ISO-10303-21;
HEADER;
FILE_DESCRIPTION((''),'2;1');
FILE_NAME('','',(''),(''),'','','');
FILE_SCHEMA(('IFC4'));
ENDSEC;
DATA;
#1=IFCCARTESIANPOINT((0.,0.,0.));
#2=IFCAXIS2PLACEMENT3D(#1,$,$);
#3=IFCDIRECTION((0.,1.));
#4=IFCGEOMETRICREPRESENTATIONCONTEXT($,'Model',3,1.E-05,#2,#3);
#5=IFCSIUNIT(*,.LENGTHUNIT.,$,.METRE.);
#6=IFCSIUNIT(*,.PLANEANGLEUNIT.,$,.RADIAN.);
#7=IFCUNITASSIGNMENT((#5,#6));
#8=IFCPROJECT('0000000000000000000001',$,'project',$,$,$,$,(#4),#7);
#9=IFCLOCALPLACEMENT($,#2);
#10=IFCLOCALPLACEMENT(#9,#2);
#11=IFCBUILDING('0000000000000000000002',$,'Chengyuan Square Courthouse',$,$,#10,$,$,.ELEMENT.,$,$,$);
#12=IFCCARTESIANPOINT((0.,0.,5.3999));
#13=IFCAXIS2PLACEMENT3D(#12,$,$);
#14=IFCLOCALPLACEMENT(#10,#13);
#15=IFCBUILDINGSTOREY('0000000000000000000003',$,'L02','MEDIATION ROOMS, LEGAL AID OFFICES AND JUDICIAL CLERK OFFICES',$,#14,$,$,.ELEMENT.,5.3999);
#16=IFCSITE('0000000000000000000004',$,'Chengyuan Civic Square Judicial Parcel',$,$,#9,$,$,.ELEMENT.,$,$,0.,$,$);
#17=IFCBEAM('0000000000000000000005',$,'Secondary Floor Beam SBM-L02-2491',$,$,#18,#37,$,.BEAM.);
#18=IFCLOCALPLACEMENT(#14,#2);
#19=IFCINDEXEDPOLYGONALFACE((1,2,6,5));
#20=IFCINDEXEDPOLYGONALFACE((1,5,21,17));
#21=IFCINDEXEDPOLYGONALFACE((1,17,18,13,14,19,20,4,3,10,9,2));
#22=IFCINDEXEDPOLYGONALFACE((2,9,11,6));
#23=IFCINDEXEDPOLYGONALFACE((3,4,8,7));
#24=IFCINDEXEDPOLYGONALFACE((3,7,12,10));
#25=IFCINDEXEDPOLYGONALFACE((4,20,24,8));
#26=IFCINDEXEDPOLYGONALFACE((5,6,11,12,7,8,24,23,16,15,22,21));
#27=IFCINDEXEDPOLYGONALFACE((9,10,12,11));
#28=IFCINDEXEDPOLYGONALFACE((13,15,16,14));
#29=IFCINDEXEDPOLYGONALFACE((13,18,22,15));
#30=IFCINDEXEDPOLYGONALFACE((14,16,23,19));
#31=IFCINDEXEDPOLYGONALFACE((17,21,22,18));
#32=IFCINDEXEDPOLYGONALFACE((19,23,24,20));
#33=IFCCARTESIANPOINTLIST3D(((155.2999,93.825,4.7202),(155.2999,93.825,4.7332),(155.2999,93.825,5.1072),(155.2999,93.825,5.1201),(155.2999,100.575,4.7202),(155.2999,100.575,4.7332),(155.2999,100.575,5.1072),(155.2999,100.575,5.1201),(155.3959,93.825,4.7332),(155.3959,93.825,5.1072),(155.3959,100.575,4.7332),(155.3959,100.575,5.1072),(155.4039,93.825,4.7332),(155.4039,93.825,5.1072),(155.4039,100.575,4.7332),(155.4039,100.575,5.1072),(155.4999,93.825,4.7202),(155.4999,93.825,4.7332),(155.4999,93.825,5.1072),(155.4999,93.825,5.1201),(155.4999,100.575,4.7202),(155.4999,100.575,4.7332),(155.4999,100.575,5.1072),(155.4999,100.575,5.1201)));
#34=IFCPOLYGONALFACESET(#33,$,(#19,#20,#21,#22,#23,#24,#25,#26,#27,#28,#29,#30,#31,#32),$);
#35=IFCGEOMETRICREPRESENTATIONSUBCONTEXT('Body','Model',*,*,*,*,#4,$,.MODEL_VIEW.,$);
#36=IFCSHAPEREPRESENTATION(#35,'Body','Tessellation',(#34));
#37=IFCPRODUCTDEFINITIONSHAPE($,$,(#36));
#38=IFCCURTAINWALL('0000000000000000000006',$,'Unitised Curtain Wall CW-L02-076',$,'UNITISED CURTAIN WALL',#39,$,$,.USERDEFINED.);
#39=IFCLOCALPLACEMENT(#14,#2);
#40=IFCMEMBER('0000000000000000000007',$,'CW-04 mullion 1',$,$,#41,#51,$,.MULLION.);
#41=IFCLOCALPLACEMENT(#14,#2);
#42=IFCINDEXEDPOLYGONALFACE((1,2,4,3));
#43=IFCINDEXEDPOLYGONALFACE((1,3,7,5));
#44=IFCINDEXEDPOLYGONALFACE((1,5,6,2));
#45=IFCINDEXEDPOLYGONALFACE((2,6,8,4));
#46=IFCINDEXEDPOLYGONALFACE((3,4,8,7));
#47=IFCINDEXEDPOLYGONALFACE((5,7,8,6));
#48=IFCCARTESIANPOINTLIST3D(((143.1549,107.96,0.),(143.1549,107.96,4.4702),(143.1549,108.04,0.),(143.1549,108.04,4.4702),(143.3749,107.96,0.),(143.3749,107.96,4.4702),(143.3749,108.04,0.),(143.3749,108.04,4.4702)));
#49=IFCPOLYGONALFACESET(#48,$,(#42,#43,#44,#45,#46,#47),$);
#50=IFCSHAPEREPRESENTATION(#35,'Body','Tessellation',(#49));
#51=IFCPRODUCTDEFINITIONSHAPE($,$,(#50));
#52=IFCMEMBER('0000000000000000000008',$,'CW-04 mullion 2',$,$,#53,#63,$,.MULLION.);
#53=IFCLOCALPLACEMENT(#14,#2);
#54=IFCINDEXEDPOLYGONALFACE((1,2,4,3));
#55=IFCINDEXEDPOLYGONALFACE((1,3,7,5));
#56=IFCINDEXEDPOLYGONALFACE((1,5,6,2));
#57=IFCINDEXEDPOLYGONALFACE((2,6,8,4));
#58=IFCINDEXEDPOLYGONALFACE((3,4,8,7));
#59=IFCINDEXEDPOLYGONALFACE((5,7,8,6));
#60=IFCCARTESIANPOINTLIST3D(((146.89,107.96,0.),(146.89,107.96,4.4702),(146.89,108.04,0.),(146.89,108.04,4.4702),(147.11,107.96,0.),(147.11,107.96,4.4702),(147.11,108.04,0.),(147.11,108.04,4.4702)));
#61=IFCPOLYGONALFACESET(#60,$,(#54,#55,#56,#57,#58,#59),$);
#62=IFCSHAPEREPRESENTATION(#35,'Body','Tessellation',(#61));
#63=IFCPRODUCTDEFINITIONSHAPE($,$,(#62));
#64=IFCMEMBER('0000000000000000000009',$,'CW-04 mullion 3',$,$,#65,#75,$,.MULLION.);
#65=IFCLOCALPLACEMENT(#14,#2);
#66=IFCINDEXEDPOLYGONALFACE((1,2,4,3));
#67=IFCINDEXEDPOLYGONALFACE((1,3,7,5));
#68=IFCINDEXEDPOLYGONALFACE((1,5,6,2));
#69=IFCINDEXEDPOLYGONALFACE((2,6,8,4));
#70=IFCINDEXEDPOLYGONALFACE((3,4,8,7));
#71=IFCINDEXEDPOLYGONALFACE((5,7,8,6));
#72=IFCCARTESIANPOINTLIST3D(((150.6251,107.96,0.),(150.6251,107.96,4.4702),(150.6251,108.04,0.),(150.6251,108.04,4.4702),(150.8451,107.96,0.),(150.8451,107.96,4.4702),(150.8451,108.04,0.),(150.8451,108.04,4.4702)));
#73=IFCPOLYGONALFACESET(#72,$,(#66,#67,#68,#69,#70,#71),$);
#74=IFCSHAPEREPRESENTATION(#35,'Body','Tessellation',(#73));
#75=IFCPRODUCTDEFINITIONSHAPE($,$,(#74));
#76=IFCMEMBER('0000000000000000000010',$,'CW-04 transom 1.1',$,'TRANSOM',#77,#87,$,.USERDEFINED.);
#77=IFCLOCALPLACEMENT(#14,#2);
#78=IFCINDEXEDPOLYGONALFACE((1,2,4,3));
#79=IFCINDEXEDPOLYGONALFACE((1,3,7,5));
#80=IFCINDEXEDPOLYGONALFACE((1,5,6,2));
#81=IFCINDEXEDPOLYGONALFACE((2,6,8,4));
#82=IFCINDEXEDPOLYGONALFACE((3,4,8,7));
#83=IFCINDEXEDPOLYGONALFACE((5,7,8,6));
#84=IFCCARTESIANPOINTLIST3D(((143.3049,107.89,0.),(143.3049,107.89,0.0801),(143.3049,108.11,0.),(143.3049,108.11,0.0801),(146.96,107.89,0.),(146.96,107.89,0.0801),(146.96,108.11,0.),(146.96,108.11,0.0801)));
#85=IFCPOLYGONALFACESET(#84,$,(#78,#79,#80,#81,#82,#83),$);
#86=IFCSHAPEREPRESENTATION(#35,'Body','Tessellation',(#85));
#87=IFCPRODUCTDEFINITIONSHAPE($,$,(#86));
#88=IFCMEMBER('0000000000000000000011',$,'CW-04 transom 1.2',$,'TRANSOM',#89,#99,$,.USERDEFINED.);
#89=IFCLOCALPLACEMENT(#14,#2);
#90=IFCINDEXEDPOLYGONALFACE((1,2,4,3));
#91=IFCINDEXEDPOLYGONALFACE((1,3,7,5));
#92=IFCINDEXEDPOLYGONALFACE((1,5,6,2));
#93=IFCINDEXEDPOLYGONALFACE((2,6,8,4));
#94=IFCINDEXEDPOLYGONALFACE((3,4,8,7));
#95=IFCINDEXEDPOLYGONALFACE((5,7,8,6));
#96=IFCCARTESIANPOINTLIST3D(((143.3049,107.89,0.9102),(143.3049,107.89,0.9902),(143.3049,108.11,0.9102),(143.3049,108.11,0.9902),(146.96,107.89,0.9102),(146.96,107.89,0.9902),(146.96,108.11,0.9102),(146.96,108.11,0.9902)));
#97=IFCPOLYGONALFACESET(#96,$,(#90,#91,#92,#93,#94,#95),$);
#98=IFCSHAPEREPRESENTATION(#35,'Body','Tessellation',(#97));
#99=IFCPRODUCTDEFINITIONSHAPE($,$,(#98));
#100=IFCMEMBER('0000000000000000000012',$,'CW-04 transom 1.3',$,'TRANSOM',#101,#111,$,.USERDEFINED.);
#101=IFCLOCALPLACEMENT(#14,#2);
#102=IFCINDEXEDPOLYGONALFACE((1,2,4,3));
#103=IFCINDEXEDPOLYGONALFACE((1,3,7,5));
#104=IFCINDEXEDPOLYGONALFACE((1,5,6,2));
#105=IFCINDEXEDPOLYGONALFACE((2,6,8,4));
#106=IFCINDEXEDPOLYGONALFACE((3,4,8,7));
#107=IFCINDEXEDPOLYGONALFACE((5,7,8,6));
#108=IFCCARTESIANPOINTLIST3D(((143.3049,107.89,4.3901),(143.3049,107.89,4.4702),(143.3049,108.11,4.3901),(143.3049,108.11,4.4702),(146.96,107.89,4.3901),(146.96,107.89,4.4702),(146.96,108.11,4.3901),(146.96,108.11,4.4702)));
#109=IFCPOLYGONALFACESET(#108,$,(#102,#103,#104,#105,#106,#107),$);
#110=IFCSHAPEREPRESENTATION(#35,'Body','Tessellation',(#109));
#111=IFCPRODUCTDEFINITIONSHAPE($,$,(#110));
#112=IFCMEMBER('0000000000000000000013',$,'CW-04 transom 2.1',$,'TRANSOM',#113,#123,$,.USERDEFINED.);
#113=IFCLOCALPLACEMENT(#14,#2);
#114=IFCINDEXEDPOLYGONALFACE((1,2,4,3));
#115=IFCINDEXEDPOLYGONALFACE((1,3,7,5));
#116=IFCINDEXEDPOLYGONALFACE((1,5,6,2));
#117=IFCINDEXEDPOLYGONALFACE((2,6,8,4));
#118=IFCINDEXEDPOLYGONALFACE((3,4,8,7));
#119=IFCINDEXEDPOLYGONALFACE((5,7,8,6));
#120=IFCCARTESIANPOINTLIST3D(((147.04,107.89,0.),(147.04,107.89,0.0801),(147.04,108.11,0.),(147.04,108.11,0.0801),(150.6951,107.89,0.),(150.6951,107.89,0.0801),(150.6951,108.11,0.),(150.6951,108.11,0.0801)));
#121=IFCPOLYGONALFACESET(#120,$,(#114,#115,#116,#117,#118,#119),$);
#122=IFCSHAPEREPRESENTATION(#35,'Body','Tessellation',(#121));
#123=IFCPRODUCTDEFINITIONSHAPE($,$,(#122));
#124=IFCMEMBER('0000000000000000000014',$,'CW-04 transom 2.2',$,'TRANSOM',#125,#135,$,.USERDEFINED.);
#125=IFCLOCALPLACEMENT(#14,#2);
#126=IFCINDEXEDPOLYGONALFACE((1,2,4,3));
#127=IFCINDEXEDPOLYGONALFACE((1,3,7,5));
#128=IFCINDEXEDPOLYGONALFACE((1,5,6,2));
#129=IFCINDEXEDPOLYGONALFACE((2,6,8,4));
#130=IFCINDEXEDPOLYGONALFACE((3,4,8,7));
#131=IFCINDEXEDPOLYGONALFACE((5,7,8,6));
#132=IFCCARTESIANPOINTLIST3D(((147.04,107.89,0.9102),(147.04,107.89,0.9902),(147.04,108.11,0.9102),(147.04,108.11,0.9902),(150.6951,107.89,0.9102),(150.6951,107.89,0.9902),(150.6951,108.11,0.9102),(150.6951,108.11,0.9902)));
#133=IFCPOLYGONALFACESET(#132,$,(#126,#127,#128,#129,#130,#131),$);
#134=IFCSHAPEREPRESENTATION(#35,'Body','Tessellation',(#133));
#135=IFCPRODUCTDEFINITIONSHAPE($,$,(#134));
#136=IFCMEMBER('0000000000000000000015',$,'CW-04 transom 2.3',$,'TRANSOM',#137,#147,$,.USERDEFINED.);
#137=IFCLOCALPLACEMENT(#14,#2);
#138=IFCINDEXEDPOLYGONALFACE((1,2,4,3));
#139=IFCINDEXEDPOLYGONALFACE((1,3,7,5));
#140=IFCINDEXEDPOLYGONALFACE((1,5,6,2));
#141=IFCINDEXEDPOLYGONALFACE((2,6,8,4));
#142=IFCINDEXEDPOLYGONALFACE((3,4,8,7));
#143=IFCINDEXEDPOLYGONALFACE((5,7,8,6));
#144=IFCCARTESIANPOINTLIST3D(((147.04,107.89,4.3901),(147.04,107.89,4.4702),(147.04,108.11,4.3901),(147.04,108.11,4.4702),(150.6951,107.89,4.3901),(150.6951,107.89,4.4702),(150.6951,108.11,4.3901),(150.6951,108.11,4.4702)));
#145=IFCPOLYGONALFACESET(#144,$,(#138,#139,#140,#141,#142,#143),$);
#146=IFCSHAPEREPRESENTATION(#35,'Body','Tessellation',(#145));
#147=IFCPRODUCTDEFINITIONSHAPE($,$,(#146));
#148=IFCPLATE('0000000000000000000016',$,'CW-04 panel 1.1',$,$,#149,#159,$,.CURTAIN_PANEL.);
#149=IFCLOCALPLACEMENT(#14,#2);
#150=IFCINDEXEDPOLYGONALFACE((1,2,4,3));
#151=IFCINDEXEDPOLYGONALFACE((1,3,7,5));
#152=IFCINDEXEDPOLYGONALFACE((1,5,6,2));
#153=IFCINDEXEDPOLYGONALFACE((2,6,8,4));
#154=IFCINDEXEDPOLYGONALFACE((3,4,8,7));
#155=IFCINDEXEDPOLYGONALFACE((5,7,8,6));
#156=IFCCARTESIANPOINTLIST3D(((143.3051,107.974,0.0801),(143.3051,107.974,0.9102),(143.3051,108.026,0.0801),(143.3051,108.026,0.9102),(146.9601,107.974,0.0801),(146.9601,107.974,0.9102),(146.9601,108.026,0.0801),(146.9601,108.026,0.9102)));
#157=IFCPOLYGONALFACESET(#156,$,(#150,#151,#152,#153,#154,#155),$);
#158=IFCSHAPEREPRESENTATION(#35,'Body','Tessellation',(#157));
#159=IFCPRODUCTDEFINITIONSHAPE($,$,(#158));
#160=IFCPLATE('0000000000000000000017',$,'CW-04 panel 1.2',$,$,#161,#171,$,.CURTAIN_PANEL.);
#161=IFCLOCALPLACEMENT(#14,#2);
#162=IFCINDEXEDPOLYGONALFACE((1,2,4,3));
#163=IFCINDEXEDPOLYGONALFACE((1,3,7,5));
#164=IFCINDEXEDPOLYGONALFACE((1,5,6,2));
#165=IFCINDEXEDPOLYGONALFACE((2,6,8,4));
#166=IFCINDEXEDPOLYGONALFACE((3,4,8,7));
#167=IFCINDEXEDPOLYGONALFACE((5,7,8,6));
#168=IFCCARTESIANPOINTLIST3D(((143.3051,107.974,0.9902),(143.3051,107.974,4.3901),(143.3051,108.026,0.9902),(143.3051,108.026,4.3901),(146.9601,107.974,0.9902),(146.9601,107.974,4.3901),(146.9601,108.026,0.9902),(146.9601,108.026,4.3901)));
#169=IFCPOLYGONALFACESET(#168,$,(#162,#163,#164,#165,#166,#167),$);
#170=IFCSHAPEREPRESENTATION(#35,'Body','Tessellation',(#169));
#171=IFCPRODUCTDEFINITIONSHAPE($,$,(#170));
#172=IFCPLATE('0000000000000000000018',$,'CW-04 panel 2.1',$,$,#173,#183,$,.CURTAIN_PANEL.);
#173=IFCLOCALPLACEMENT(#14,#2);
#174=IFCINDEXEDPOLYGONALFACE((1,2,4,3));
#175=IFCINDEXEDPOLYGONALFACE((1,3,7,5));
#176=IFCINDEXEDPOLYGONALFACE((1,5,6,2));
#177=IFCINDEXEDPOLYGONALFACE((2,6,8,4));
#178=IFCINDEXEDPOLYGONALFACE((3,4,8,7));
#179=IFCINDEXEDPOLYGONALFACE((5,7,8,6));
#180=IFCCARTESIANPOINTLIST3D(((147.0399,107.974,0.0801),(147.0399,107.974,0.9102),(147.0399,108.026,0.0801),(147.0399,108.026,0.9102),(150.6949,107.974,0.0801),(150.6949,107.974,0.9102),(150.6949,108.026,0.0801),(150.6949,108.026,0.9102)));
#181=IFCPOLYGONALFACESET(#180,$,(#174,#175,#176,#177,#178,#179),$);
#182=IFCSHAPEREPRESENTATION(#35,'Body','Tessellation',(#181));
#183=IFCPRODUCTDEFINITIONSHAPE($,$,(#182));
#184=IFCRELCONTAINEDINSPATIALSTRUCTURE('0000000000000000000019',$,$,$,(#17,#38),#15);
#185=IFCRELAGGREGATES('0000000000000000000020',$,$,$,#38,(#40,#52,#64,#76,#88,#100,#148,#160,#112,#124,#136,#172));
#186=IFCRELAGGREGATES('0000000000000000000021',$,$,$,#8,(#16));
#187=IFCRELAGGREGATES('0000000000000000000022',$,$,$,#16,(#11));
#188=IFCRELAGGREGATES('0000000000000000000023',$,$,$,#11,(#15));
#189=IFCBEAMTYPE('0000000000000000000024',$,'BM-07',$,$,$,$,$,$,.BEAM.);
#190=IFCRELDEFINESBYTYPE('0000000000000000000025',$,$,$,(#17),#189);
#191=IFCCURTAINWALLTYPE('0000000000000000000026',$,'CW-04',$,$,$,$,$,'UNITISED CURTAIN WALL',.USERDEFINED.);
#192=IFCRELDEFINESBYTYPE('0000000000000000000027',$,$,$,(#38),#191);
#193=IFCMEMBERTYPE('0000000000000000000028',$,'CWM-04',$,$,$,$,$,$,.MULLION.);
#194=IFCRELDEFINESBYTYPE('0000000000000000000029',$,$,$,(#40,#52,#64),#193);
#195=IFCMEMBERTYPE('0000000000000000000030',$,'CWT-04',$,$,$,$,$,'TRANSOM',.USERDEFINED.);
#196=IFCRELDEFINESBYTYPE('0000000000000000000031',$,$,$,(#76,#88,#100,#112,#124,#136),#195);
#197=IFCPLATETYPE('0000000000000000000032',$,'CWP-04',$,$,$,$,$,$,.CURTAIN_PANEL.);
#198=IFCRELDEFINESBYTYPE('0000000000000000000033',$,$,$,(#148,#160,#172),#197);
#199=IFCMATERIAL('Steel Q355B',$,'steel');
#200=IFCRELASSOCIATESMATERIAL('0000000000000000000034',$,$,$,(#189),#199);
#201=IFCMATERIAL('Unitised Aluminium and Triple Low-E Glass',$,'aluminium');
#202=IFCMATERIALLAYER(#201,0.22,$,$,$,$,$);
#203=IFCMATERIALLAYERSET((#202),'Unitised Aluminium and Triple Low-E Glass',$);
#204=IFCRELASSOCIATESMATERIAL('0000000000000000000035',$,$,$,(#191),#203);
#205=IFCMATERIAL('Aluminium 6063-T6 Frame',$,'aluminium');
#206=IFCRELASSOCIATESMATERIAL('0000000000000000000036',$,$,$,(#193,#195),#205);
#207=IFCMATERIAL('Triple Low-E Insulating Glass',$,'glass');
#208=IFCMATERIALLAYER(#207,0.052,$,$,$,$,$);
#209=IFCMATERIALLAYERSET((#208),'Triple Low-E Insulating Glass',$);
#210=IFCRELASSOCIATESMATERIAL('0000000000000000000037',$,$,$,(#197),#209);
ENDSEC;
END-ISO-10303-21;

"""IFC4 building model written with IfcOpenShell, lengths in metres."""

from ifc_helpers import new_model, si_unit, direction, frame, origin, origin_2d, place, context, subcontext, project, spatial, rectangle, i_section, extrude, material, layer, layer_set, material_profile, profile_set, type_object, element, aggregate, save


model = new_model("IFC4")

# Units and contexts
model_context = context("Model", 3, precision=1e-05, world=origin(), true_north=direction((0.0, 1.0)))
body_context = subcontext(model_context, "Body", "Model", "MODEL_VIEW")
ifc_project = project(units=[si_unit("LENGTHUNIT", "METRE"), si_unit("PLANEANGLEUNIT", "RADIAN")], contexts=[model_context])

# Site, building, storey
site_placement = place(None, origin())
site = spatial("IfcSite", under=ifc_project, at=site_placement, Name="Chengyuan Civic Square Judicial Parcel", CompositionType="ELEMENT", RefElevation=0.0)
building_placement = place(site_placement, origin())
building = spatial("IfcBuilding", under=site, at=building_placement, Name="Chengyuan Square Courthouse", CompositionType="ELEMENT")
storey_placement = place(building_placement, frame((0.0, 0.0, 5.3999)))
storey = spatial("IfcBuildingStorey", under=building, at=storey_placement, Name="L02", Description="MEDIATION ROOMS, LEGAL AID OFFICES AND JUDICIAL CLERK OFFICES", CompositionType="ELEMENT", Elevation=5.3999)

# Beam
ifc_material_1 = material(Name="Steel Q355B", Category="steel")
ifc_material_profile_1 = material_profile(ifc_material_1, i_section(OverallWidth=0.2, OverallDepth=0.3999, WebThickness=0.0081, FlangeThickness=0.0129, at=origin_2d()), Name="HN 400x200x8x13")
ifc_profile_set_1 = profile_set([ifc_material_profile_1], Name="Steel Q355B")
beam_type_1 = type_object("IfcBeamType", Name="BM-07", PredefinedType="BEAM", material=ifc_profile_set_1)
beam_1_placement = place(storey_placement, frame((155.3999, 93.825, 4.9202), z_axis=(0.0, 1.0, 0.0), x_axis=(-1.0, 0.0, 0.0)))
element("IfcBeam", 1, at=beam_1_placement, inside=storey, type_object=beam_type_1, Name="Secondary Floor Beam SBM-L02-2491", PredefinedType="BEAM", context=body_context, shape_type="SweptSolid", body=[
    extrude(i_section(OverallWidth=0.2, OverallDepth=0.3999, WebThickness=0.0081, FlangeThickness=0.0129, at=origin_2d()), origin(), (0.0, 0.0, 1.0), 6.75),
])

# Curtain wall, members, plates
ifc_material_2 = material(Name="Unitised Aluminium and Triple Low-E Glass", Category="aluminium")
ifc_layer_1 = layer(ifc_material_2, 0.22)
ifc_layer_set_1 = layer_set([ifc_layer_1], Name="Unitised Aluminium and Triple Low-E Glass")
curtain_wall_type = type_object("IfcCurtainWallType", Name="CW-04", ElementType="UNITISED CURTAIN WALL", PredefinedType="USERDEFINED", material=ifc_layer_set_1)
curtain_wall_placement = place(storey_placement, origin())
curtain_wall = element("IfcCurtainWall", 2, at=curtain_wall_placement, inside=storey, type_object=curtain_wall_type, Name="Unitised Curtain Wall CW-L02-076", ObjectType="UNITISED CURTAIN WALL", PredefinedType="USERDEFINED")
ifc_material_3 = material(Name="Aluminium 6063-T6 Frame", Category="aluminium")
ifc_material_profile_2 = material_profile(ifc_material_3, rectangle(XDim=0.0801, YDim=0.22, at=origin_2d()), Name="CW-MUL-80x220")
ifc_profile_set_2 = profile_set([ifc_material_profile_2], Name="Aluminium 6063-T6 Frame")
member_type_1 = type_object("IfcMemberType", Name="CWM-04", PredefinedType="MULLION", material=ifc_profile_set_2)
member_1_placement = place(storey_placement, frame((143.2649, 108.0, 0.0), z_axis=(0.0, 0.0, 1.0), x_axis=(0.0, 1.0, 0.0)))
member_1 = element("IfcMember", 3, at=member_1_placement, type_object=member_type_1, Name="CW-04 mullion 1", PredefinedType="MULLION", context=body_context, shape_type="SweptSolid", body=[
    extrude(rectangle(XDim=0.0801, YDim=0.22, at=origin_2d()), origin(), (0.0, 0.0, 1.0), 4.4702),
])
member_2_placement = place(storey_placement, frame((147.0, 108.0, 0.0), z_axis=(0.0, 0.0, 1.0), x_axis=(0.0, 1.0, 0.0)))
member_2 = element("IfcMember", 4, at=member_2_placement, type_object=member_type_1, Name="CW-04 mullion 2", PredefinedType="MULLION", context=body_context, shape_type="SweptSolid", body=[
    extrude(rectangle(XDim=0.0801, YDim=0.22, at=origin_2d()), origin(), (0.0, 0.0, 1.0), 4.4702),
])
member_3_placement = place(storey_placement, frame((150.7351, 108.0, 0.0), z_axis=(0.0, 0.0, 1.0), x_axis=(0.0, 1.0, 0.0)))
member_3 = element("IfcMember", 5, at=member_3_placement, type_object=member_type_1, Name="CW-04 mullion 3", PredefinedType="MULLION", context=body_context, shape_type="SweptSolid", body=[
    extrude(rectangle(XDim=0.0801, YDim=0.22, at=origin_2d()), origin(), (0.0, 0.0, 1.0), 4.4702),
])
ifc_material_profile_3 = material_profile(ifc_material_3, rectangle(XDim=0.22, YDim=0.0801, at=origin_2d()), Name="CW-TRN-80x180")
ifc_profile_set_3 = profile_set([ifc_material_profile_3], Name="Aluminium 6063-T6 Frame")
member_type_2 = type_object("IfcMemberType", Name="CWT-04", ElementType="TRANSOM", PredefinedType="USERDEFINED", material=ifc_profile_set_3)
member_4_placement = place(storey_placement, frame((143.3049, 108.0, 0.04), z_axis=(1.0, 0.0, 0.0), x_axis=(0.0, 1.0, 0.0)))
member_4 = element("IfcMember", 6, at=member_4_placement, type_object=member_type_2, Name="CW-04 transom 1.1", ObjectType="TRANSOM", PredefinedType="USERDEFINED", context=body_context, shape_type="SweptSolid", body=[
    extrude(rectangle(XDim=0.22, YDim=0.0801, at=origin_2d()), origin(), (0.0, 0.0, 1.0), 3.655),
])
member_5_placement = place(storey_placement, frame((143.3049, 108.0, 0.9502), z_axis=(1.0, 0.0, 0.0), x_axis=(0.0, 1.0, 0.0)))
member_5 = element("IfcMember", 7, at=member_5_placement, type_object=member_type_2, Name="CW-04 transom 1.2", ObjectType="TRANSOM", PredefinedType="USERDEFINED", context=body_context, shape_type="SweptSolid", body=[
    extrude(rectangle(XDim=0.22, YDim=0.0801, at=origin_2d()), origin(), (0.0, 0.0, 1.0), 3.655),
])
member_6_placement = place(storey_placement, frame((143.3049, 108.0, 4.4302), z_axis=(1.0, 0.0, 0.0), x_axis=(0.0, 1.0, 0.0)))
member_6 = element("IfcMember", 8, at=member_6_placement, type_object=member_type_2, Name="CW-04 transom 1.3", ObjectType="TRANSOM", PredefinedType="USERDEFINED", context=body_context, shape_type="SweptSolid", body=[
    extrude(rectangle(XDim=0.22, YDim=0.0801, at=origin_2d()), origin(), (0.0, 0.0, 1.0), 3.655),
])
member_7_placement = place(storey_placement, frame((147.04, 108.0, 0.04), z_axis=(1.0, 0.0, 0.0), x_axis=(0.0, 1.0, 0.0)))
member_7 = element("IfcMember", 9, at=member_7_placement, type_object=member_type_2, Name="CW-04 transom 2.1", ObjectType="TRANSOM", PredefinedType="USERDEFINED", context=body_context, shape_type="SweptSolid", body=[
    extrude(rectangle(XDim=0.22, YDim=0.0801, at=origin_2d()), origin(), (0.0, 0.0, 1.0), 3.655),
])
member_8_placement = place(storey_placement, frame((147.04, 108.0, 0.9502), z_axis=(1.0, 0.0, 0.0), x_axis=(0.0, 1.0, 0.0)))
member_8 = element("IfcMember", 10, at=member_8_placement, type_object=member_type_2, Name="CW-04 transom 2.2", ObjectType="TRANSOM", PredefinedType="USERDEFINED", context=body_context, shape_type="SweptSolid", body=[
    extrude(rectangle(XDim=0.22, YDim=0.0801, at=origin_2d()), origin(), (0.0, 0.0, 1.0), 3.655),
])
member_9_placement = place(storey_placement, frame((147.04, 108.0, 4.4302), z_axis=(1.0, 0.0, 0.0), x_axis=(0.0, 1.0, 0.0)))
member_9 = element("IfcMember", 11, at=member_9_placement, type_object=member_type_2, Name="CW-04 transom 2.3", ObjectType="TRANSOM", PredefinedType="USERDEFINED", context=body_context, shape_type="SweptSolid", body=[
    extrude(rectangle(XDim=0.22, YDim=0.0801, at=origin_2d()), origin(), (0.0, 0.0, 1.0), 3.655),
])
ifc_material_4 = material(Name="Triple Low-E Insulating Glass", Category="glass")
ifc_layer_2 = layer(ifc_material_4, 0.052)
ifc_layer_set_2 = layer_set([ifc_layer_2], Name="Triple Low-E Insulating Glass")
plate_type = type_object("IfcPlateType", Name="CWP-04", PredefinedType="CURTAIN_PANEL", material=ifc_layer_set_2)
plate_1_placement = place(storey_placement, frame((145.1326, 108.0, 0.0801), z_axis=(0.0, 0.0, 1.0), x_axis=(1.0, 0.0, 0.0)))
plate_1 = element("IfcPlate", 12, at=plate_1_placement, type_object=plate_type, Name="CW-04 panel 1.1", PredefinedType="CURTAIN_PANEL", context=body_context, shape_type="SweptSolid", body=[
    extrude(rectangle(XDim=3.655, YDim=0.052, at=origin_2d()), origin(), (0.0, 0.0, 1.0), 0.8301),
])
plate_2_placement = place(storey_placement, frame((145.1326, 108.0, 0.9902), z_axis=(0.0, 0.0, 1.0), x_axis=(1.0, 0.0, 0.0)))
plate_2 = element("IfcPlate", 13, at=plate_2_placement, type_object=plate_type, Name="CW-04 panel 1.2", PredefinedType="CURTAIN_PANEL", context=body_context, shape_type="SweptSolid", body=[
    extrude(rectangle(XDim=3.655, YDim=0.052, at=origin_2d()), origin(), (0.0, 0.0, 1.0), 3.3999),
])
plate_3_placement = place(storey_placement, frame((148.8674, 108.0, 0.0801), z_axis=(0.0, 0.0, 1.0), x_axis=(1.0, 0.0, 0.0)))
plate_3 = element("IfcPlate", 14, at=plate_3_placement, type_object=plate_type, Name="CW-04 panel 2.1", PredefinedType="CURTAIN_PANEL", context=body_context, shape_type="SweptSolid", body=[
    extrude(rectangle(XDim=3.655, YDim=0.052, at=origin_2d()), origin(), (0.0, 0.0, 1.0), 0.8301),
])
aggregate(curtain_wall, [member_1, member_2, member_3, member_4, member_5, member_6, plate_1, plate_2, member_7, member_8, member_9, plate_3])

save(model, "model.ifc")
